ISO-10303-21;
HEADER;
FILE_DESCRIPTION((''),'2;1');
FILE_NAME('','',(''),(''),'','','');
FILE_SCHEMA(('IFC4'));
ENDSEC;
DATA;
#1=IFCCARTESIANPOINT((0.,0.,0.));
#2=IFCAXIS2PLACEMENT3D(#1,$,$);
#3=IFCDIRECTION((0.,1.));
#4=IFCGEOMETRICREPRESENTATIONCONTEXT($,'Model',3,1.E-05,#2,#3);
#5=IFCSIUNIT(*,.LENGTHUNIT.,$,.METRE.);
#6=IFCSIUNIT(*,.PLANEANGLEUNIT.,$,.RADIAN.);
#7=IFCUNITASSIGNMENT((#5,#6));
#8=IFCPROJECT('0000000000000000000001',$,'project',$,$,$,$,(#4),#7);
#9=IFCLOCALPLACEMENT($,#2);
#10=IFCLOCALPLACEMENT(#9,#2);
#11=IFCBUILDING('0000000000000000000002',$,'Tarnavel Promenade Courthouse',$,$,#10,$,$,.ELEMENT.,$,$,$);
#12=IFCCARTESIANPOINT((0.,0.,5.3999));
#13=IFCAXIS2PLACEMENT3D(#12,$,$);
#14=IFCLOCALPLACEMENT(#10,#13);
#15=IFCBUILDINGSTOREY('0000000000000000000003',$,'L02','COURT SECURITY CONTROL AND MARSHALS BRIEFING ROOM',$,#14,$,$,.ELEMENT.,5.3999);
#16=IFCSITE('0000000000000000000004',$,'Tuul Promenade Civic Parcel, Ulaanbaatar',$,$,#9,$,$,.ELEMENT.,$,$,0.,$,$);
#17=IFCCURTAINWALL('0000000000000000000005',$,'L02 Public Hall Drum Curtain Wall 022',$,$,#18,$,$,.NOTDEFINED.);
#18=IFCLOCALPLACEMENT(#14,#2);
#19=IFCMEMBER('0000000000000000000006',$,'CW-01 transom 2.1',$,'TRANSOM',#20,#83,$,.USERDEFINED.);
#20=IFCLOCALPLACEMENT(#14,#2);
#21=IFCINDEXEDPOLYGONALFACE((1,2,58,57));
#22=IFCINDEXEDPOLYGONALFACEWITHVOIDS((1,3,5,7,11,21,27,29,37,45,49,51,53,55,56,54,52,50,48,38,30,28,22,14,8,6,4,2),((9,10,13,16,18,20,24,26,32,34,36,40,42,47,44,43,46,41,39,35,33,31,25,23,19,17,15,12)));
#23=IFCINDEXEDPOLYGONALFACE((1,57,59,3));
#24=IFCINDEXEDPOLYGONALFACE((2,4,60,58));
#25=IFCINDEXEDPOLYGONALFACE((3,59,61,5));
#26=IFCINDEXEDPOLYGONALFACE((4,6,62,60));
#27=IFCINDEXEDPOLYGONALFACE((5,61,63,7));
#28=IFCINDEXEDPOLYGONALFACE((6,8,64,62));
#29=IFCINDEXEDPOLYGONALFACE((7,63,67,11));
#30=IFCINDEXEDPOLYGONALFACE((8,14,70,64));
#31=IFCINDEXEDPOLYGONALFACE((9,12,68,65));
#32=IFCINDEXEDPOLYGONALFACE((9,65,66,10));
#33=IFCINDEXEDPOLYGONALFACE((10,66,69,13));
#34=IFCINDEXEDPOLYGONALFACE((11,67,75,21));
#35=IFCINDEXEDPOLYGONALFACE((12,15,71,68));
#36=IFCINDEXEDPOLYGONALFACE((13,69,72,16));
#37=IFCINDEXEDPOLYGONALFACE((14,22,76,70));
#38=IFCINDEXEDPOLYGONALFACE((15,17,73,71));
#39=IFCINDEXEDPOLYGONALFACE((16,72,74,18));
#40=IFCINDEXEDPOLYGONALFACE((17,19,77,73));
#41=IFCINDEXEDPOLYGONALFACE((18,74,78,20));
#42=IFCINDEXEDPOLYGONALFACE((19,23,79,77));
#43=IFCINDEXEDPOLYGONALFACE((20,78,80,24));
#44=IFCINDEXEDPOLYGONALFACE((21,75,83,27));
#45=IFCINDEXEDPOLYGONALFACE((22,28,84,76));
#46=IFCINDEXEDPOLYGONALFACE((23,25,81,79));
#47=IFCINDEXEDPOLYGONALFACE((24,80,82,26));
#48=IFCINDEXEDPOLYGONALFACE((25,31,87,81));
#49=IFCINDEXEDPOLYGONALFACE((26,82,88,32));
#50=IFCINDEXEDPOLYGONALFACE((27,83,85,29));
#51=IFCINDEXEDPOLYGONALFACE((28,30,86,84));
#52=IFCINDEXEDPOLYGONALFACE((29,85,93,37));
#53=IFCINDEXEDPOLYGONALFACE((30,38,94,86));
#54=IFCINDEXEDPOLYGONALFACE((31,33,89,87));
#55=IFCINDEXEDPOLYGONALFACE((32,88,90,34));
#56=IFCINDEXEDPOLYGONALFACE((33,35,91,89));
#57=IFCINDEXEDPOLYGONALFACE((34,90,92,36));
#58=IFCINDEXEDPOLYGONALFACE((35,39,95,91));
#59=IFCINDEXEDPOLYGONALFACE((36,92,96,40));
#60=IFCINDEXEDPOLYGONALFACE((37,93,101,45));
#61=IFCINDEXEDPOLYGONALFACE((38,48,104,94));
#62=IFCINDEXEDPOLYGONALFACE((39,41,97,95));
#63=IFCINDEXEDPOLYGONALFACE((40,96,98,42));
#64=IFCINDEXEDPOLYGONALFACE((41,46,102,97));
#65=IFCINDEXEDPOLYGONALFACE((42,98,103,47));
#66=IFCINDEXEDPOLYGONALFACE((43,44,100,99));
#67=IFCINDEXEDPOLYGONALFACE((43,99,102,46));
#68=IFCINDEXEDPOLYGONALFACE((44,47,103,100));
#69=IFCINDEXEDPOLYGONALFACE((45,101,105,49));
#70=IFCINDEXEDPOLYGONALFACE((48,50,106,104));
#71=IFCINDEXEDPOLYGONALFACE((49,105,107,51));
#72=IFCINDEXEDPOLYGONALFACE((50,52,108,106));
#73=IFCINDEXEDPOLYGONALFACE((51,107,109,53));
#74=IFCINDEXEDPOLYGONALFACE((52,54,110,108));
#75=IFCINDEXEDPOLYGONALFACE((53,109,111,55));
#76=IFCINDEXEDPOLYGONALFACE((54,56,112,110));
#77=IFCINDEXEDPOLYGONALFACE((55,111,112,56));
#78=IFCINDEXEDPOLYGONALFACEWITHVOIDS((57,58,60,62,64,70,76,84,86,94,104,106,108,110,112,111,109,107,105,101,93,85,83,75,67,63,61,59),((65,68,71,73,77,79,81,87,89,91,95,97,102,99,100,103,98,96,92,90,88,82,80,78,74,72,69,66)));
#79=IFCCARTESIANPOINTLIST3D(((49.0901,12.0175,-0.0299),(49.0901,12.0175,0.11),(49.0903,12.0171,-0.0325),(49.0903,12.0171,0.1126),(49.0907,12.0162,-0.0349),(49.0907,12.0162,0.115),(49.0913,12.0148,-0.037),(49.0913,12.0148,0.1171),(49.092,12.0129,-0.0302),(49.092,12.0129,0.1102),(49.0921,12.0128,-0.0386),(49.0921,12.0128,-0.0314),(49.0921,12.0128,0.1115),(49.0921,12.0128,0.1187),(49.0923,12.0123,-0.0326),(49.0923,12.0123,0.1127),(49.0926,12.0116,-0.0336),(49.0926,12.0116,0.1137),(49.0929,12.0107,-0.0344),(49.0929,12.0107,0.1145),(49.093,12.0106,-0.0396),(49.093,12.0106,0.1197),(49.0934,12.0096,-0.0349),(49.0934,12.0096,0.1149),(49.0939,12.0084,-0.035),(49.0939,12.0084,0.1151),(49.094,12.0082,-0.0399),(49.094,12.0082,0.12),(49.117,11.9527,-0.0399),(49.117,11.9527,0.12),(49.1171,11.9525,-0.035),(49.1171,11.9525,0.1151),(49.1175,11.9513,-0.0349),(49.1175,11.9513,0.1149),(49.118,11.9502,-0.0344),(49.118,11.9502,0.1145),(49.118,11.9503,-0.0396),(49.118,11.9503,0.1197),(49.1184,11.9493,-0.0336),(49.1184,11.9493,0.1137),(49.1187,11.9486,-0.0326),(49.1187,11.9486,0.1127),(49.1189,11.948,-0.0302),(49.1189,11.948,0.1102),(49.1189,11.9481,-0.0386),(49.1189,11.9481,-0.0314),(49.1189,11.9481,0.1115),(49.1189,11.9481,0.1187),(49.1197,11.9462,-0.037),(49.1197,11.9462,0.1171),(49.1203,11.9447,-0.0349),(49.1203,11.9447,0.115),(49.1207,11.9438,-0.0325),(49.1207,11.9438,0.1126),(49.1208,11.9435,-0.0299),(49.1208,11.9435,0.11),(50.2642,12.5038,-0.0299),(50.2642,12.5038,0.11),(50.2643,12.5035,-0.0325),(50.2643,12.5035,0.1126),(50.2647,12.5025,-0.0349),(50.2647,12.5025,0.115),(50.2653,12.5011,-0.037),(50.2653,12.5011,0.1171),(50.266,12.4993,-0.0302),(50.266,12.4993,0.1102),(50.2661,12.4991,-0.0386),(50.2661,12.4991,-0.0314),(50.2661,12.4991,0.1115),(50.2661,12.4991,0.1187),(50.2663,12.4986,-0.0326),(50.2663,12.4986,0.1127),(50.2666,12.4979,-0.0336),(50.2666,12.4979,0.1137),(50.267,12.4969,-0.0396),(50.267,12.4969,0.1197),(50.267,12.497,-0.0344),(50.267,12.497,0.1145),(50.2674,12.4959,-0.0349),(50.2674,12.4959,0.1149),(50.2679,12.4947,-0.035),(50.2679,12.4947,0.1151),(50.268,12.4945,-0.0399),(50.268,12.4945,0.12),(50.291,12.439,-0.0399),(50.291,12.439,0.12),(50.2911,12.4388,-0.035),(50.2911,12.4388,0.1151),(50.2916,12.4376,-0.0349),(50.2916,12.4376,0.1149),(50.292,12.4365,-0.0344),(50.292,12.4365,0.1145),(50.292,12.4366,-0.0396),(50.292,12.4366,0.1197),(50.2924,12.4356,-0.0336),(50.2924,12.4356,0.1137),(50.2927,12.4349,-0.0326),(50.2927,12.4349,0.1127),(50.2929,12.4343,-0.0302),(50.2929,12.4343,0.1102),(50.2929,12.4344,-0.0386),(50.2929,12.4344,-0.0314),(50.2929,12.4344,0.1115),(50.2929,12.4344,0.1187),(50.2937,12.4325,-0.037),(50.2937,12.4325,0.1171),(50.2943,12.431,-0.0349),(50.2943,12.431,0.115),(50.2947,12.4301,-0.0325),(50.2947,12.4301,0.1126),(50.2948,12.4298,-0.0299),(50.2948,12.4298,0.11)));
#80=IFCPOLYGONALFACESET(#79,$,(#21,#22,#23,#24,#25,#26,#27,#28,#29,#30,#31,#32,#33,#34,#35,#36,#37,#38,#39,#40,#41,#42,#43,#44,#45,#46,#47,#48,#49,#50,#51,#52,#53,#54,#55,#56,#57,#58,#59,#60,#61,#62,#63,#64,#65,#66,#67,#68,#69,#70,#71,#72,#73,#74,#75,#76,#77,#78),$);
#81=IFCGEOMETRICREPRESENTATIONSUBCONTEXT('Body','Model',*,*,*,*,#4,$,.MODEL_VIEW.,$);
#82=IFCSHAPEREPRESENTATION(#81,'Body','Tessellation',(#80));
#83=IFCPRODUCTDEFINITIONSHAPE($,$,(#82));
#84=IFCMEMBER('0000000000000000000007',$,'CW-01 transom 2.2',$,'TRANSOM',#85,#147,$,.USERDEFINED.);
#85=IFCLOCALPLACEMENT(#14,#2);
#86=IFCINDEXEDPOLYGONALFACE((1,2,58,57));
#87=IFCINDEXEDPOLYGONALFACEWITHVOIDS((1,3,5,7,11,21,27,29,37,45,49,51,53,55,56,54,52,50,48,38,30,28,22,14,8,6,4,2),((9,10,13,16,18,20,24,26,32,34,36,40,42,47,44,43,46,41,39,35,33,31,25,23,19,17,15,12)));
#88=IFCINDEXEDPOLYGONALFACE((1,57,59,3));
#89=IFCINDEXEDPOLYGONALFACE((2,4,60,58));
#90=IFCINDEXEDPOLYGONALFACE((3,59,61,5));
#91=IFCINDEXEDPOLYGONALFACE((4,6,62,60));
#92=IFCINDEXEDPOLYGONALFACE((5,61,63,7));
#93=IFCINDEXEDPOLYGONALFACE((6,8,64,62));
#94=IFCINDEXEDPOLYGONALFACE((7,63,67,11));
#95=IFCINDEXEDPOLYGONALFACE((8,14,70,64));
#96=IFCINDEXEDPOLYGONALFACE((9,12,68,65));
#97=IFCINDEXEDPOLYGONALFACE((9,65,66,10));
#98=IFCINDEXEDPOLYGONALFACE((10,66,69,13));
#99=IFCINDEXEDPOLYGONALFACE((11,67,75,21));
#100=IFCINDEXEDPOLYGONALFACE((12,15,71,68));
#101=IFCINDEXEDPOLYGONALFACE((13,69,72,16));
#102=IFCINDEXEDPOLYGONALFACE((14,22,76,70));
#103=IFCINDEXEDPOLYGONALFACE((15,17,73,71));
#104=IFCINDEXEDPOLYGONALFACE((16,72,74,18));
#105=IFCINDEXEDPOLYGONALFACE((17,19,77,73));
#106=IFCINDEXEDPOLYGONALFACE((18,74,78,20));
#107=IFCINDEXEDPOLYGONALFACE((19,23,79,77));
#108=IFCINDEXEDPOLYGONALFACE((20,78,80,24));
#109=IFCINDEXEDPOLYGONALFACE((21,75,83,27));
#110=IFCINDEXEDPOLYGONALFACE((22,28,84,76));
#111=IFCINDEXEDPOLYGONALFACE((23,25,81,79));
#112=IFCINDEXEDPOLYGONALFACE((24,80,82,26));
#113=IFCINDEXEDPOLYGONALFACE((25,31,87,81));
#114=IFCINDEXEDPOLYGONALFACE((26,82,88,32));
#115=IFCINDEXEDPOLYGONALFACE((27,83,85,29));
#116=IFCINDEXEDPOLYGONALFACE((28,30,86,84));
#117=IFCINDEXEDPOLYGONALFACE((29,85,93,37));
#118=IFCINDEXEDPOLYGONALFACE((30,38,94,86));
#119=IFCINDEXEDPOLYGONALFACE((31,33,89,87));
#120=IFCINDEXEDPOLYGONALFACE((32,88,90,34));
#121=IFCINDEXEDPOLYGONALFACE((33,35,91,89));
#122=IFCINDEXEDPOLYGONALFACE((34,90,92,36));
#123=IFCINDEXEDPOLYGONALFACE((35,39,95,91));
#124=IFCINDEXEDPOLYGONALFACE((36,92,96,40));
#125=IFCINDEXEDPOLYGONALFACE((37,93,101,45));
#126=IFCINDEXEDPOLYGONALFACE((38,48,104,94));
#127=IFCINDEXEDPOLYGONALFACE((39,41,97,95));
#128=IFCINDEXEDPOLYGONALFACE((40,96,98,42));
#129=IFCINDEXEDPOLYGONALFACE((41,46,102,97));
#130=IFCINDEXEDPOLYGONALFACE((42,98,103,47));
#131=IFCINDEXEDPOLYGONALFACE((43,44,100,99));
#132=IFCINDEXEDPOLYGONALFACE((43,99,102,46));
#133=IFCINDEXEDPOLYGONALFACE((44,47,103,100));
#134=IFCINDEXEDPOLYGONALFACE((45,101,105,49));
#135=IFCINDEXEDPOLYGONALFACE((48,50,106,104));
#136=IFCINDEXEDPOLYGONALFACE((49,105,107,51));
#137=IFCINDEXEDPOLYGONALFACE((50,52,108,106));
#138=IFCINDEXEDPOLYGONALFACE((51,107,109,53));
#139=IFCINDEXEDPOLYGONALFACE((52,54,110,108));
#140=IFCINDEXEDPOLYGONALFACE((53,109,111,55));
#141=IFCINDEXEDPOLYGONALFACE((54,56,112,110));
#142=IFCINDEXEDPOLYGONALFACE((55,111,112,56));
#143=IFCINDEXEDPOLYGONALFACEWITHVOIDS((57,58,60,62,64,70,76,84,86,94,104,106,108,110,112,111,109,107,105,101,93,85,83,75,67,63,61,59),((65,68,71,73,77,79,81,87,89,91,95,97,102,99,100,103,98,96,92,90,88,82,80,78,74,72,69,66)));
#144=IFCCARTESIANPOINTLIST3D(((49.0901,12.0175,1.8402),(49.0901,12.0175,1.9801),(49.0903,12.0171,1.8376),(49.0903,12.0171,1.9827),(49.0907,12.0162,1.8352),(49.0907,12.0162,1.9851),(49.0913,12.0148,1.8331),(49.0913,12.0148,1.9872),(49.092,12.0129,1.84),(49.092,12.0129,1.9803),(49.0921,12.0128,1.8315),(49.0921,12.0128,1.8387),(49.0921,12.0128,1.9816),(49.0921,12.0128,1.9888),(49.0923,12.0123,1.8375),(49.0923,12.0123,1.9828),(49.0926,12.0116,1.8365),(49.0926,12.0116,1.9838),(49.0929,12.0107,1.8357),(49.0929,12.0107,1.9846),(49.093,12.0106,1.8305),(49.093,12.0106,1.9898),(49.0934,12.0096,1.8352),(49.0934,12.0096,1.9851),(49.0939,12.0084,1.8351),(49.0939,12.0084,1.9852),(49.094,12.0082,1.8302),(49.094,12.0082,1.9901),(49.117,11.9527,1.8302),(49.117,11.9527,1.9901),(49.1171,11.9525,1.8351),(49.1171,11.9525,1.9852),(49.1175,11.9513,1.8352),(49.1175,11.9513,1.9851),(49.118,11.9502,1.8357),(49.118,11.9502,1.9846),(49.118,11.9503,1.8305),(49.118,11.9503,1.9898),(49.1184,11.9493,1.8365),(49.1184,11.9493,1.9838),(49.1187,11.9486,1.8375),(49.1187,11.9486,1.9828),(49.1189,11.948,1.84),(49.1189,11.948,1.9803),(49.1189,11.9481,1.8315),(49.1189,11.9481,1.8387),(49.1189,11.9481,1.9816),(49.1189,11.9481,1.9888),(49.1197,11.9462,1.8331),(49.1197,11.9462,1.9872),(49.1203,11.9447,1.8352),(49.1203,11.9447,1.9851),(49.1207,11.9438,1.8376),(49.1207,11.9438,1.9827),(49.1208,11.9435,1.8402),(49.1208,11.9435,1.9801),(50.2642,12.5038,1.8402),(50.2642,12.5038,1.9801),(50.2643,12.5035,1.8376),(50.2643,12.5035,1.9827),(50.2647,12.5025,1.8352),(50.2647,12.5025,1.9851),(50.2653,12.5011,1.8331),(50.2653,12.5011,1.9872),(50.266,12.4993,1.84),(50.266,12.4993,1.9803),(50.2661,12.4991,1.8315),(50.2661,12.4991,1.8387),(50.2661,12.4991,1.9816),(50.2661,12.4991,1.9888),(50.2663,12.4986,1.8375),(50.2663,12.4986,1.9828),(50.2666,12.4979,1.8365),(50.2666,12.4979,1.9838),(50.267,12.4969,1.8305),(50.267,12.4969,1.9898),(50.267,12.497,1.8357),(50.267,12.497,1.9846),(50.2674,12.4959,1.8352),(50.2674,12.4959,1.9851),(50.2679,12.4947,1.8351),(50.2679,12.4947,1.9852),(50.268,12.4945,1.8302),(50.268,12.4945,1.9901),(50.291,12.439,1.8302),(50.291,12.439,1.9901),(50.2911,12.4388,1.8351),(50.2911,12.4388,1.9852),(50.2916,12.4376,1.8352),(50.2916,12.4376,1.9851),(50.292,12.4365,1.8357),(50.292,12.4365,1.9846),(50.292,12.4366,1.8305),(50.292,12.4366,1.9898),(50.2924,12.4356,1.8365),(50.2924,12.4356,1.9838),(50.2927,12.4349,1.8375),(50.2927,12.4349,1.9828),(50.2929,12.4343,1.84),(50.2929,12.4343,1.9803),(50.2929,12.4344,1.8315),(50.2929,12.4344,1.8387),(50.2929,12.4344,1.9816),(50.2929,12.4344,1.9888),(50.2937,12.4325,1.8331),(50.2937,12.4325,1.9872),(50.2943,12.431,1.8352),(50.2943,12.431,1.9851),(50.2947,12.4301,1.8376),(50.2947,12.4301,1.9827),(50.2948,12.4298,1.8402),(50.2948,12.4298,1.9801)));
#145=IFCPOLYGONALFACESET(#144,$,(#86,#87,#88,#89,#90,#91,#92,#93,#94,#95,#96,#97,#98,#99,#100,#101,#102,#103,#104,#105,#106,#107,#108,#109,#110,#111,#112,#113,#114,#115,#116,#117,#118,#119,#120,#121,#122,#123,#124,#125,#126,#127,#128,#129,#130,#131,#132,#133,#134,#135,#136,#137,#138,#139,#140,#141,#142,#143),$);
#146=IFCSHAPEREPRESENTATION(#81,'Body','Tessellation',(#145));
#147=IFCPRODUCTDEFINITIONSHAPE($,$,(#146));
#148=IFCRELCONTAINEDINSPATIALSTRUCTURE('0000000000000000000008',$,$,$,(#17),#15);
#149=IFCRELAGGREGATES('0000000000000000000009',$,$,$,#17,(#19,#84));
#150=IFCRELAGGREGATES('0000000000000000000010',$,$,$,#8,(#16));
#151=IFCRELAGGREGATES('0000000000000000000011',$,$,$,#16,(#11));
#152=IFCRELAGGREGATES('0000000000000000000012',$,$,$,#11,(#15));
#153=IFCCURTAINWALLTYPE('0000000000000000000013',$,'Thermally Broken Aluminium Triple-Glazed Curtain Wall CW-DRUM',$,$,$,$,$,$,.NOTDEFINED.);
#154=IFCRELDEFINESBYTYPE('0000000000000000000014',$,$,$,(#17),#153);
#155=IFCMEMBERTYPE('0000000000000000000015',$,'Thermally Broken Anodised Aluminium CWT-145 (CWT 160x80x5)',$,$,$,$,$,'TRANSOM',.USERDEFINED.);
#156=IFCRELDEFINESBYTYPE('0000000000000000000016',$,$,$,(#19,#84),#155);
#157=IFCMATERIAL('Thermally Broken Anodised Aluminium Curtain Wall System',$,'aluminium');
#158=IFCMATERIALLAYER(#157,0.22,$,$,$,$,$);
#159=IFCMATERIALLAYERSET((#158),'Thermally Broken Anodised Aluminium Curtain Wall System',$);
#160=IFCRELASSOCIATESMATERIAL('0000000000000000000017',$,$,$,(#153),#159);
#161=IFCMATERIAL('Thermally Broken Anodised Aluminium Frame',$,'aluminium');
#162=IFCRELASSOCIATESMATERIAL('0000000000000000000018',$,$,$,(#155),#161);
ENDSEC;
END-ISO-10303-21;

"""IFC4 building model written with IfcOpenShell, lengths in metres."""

from ifc_helpers import new_model, si_unit, direction, frame, origin, origin_2d, place, context, subcontext, project, spatial, hollow_rectangle, extrude, material, layer, layer_set, material_profile, profile_set, type_object, element, aggregate, save


model = new_model("IFC4")

# Units and contexts
model_context = context("Model", 3, precision=1e-05, world=origin(), true_north=direction((0.0, 1.0)))
body_context = subcontext(model_context, "Body", "Model", "MODEL_VIEW")
ifc_project = project(units=[si_unit("LENGTHUNIT", "METRE"), si_unit("PLANEANGLEUNIT", "RADIAN")], contexts=[model_context])

# Site, building, storey
site_placement = place(None, origin())
site = spatial("IfcSite", under=ifc_project, at=site_placement, Name="Tuul Promenade Civic Parcel, Ulaanbaatar", CompositionType="ELEMENT", RefElevation=0.0)
building_placement = place(site_placement, origin())
building = spatial("IfcBuilding", under=site, at=building_placement, Name="Tarnavel Promenade Courthouse", CompositionType="ELEMENT")
storey_placement = place(building_placement, frame((0.0, 0.0, 5.3999)))
storey = spatial("IfcBuildingStorey", under=building, at=storey_placement, Name="L02", Description="COURT SECURITY CONTROL AND MARSHALS BRIEFING ROOM", CompositionType="ELEMENT", Elevation=5.3999)

# Curtain wall
ifc_material_1 = material(Name="Thermally Broken Anodised Aluminium Curtain Wall System", Category="aluminium")
ifc_layer_1 = layer(ifc_material_1, 0.22)
ifc_layer_set_1 = layer_set([ifc_layer_1], Name="Thermally Broken Anodised Aluminium Curtain Wall System")
curtain_wall_type = type_object("IfcCurtainWallType", Name="Thermally Broken Aluminium Triple-Glazed Curtain Wall CW-DRUM", PredefinedType="NOTDEFINED", material=ifc_layer_set_1)
ifc_material_2 = material(Name="Thermally Broken Anodised Aluminium Frame", Category="aluminium")
curtain_wall_1_placement = place(storey_placement, origin())
curtain_wall_1 = element("IfcCurtainWall", 1, at=curtain_wall_1_placement, inside=storey, type_object=curtain_wall_type, Name="L02 Public Hall Drum Curtain Wall 022", PredefinedType="NOTDEFINED")

# Members
ifc_material_profile_1 = material_profile(ifc_material_2, hollow_rectangle(XDim=0.0801, YDim=0.1599, WallThickness=0.0049, InnerFilletRadius=0.0049, OuterFilletRadius=0.01, at=origin_2d()), Name="CWT 160x80x5")
ifc_profile_set_1 = profile_set([ifc_material_profile_1], Name="Thermally Broken Anodised Aluminium Frame")
member_type_1 = type_object("IfcMemberType", Name="Thermally Broken Anodised Aluminium CWT-145 (CWT 160x80x5)", ElementType="TRANSOM", PredefinedType="USERDEFINED", material=ifc_profile_set_1)
member_1_placement = place(storey_placement, frame((49.1055, 11.9805, 0.04), z_axis=(0.923876, 0.382691, 0.0), x_axis=(-0.382691, 0.923876, 0.0)))
member_1 = element("IfcMember", 2, at=member_1_placement, type_object=member_type_1, Name="CW-01 transom 2.1", ObjectType="TRANSOM", PredefinedType="USERDEFINED", context=body_context, shape_type="SweptSolid", body=[
    extrude(hollow_rectangle(XDim=0.0801, YDim=0.1599, WallThickness=0.0049, InnerFilletRadius=0.0049, OuterFilletRadius=0.01, at=origin_2d()), origin(), (0.0, 0.0, 1.0), 1.2708),
])
member_2_placement = place(storey_placement, frame((49.1055, 11.9805, 1.9102), z_axis=(0.923876, 0.382691, 0.0), x_axis=(-0.382691, 0.923876, 0.0)))
member_2 = element("IfcMember", 3, at=member_2_placement, type_object=member_type_1, Name="CW-01 transom 2.2", ObjectType="TRANSOM", PredefinedType="USERDEFINED", context=body_context, shape_type="SweptSolid", body=[
    extrude(hollow_rectangle(XDim=0.0801, YDim=0.1599, WallThickness=0.0049, InnerFilletRadius=0.0049, OuterFilletRadius=0.01, at=origin_2d()), origin(), (0.0, 0.0, 1.0), 1.2708),
])

aggregate(curtain_wall_1, [member_1, member_2])

save(model, "model.ifc")
